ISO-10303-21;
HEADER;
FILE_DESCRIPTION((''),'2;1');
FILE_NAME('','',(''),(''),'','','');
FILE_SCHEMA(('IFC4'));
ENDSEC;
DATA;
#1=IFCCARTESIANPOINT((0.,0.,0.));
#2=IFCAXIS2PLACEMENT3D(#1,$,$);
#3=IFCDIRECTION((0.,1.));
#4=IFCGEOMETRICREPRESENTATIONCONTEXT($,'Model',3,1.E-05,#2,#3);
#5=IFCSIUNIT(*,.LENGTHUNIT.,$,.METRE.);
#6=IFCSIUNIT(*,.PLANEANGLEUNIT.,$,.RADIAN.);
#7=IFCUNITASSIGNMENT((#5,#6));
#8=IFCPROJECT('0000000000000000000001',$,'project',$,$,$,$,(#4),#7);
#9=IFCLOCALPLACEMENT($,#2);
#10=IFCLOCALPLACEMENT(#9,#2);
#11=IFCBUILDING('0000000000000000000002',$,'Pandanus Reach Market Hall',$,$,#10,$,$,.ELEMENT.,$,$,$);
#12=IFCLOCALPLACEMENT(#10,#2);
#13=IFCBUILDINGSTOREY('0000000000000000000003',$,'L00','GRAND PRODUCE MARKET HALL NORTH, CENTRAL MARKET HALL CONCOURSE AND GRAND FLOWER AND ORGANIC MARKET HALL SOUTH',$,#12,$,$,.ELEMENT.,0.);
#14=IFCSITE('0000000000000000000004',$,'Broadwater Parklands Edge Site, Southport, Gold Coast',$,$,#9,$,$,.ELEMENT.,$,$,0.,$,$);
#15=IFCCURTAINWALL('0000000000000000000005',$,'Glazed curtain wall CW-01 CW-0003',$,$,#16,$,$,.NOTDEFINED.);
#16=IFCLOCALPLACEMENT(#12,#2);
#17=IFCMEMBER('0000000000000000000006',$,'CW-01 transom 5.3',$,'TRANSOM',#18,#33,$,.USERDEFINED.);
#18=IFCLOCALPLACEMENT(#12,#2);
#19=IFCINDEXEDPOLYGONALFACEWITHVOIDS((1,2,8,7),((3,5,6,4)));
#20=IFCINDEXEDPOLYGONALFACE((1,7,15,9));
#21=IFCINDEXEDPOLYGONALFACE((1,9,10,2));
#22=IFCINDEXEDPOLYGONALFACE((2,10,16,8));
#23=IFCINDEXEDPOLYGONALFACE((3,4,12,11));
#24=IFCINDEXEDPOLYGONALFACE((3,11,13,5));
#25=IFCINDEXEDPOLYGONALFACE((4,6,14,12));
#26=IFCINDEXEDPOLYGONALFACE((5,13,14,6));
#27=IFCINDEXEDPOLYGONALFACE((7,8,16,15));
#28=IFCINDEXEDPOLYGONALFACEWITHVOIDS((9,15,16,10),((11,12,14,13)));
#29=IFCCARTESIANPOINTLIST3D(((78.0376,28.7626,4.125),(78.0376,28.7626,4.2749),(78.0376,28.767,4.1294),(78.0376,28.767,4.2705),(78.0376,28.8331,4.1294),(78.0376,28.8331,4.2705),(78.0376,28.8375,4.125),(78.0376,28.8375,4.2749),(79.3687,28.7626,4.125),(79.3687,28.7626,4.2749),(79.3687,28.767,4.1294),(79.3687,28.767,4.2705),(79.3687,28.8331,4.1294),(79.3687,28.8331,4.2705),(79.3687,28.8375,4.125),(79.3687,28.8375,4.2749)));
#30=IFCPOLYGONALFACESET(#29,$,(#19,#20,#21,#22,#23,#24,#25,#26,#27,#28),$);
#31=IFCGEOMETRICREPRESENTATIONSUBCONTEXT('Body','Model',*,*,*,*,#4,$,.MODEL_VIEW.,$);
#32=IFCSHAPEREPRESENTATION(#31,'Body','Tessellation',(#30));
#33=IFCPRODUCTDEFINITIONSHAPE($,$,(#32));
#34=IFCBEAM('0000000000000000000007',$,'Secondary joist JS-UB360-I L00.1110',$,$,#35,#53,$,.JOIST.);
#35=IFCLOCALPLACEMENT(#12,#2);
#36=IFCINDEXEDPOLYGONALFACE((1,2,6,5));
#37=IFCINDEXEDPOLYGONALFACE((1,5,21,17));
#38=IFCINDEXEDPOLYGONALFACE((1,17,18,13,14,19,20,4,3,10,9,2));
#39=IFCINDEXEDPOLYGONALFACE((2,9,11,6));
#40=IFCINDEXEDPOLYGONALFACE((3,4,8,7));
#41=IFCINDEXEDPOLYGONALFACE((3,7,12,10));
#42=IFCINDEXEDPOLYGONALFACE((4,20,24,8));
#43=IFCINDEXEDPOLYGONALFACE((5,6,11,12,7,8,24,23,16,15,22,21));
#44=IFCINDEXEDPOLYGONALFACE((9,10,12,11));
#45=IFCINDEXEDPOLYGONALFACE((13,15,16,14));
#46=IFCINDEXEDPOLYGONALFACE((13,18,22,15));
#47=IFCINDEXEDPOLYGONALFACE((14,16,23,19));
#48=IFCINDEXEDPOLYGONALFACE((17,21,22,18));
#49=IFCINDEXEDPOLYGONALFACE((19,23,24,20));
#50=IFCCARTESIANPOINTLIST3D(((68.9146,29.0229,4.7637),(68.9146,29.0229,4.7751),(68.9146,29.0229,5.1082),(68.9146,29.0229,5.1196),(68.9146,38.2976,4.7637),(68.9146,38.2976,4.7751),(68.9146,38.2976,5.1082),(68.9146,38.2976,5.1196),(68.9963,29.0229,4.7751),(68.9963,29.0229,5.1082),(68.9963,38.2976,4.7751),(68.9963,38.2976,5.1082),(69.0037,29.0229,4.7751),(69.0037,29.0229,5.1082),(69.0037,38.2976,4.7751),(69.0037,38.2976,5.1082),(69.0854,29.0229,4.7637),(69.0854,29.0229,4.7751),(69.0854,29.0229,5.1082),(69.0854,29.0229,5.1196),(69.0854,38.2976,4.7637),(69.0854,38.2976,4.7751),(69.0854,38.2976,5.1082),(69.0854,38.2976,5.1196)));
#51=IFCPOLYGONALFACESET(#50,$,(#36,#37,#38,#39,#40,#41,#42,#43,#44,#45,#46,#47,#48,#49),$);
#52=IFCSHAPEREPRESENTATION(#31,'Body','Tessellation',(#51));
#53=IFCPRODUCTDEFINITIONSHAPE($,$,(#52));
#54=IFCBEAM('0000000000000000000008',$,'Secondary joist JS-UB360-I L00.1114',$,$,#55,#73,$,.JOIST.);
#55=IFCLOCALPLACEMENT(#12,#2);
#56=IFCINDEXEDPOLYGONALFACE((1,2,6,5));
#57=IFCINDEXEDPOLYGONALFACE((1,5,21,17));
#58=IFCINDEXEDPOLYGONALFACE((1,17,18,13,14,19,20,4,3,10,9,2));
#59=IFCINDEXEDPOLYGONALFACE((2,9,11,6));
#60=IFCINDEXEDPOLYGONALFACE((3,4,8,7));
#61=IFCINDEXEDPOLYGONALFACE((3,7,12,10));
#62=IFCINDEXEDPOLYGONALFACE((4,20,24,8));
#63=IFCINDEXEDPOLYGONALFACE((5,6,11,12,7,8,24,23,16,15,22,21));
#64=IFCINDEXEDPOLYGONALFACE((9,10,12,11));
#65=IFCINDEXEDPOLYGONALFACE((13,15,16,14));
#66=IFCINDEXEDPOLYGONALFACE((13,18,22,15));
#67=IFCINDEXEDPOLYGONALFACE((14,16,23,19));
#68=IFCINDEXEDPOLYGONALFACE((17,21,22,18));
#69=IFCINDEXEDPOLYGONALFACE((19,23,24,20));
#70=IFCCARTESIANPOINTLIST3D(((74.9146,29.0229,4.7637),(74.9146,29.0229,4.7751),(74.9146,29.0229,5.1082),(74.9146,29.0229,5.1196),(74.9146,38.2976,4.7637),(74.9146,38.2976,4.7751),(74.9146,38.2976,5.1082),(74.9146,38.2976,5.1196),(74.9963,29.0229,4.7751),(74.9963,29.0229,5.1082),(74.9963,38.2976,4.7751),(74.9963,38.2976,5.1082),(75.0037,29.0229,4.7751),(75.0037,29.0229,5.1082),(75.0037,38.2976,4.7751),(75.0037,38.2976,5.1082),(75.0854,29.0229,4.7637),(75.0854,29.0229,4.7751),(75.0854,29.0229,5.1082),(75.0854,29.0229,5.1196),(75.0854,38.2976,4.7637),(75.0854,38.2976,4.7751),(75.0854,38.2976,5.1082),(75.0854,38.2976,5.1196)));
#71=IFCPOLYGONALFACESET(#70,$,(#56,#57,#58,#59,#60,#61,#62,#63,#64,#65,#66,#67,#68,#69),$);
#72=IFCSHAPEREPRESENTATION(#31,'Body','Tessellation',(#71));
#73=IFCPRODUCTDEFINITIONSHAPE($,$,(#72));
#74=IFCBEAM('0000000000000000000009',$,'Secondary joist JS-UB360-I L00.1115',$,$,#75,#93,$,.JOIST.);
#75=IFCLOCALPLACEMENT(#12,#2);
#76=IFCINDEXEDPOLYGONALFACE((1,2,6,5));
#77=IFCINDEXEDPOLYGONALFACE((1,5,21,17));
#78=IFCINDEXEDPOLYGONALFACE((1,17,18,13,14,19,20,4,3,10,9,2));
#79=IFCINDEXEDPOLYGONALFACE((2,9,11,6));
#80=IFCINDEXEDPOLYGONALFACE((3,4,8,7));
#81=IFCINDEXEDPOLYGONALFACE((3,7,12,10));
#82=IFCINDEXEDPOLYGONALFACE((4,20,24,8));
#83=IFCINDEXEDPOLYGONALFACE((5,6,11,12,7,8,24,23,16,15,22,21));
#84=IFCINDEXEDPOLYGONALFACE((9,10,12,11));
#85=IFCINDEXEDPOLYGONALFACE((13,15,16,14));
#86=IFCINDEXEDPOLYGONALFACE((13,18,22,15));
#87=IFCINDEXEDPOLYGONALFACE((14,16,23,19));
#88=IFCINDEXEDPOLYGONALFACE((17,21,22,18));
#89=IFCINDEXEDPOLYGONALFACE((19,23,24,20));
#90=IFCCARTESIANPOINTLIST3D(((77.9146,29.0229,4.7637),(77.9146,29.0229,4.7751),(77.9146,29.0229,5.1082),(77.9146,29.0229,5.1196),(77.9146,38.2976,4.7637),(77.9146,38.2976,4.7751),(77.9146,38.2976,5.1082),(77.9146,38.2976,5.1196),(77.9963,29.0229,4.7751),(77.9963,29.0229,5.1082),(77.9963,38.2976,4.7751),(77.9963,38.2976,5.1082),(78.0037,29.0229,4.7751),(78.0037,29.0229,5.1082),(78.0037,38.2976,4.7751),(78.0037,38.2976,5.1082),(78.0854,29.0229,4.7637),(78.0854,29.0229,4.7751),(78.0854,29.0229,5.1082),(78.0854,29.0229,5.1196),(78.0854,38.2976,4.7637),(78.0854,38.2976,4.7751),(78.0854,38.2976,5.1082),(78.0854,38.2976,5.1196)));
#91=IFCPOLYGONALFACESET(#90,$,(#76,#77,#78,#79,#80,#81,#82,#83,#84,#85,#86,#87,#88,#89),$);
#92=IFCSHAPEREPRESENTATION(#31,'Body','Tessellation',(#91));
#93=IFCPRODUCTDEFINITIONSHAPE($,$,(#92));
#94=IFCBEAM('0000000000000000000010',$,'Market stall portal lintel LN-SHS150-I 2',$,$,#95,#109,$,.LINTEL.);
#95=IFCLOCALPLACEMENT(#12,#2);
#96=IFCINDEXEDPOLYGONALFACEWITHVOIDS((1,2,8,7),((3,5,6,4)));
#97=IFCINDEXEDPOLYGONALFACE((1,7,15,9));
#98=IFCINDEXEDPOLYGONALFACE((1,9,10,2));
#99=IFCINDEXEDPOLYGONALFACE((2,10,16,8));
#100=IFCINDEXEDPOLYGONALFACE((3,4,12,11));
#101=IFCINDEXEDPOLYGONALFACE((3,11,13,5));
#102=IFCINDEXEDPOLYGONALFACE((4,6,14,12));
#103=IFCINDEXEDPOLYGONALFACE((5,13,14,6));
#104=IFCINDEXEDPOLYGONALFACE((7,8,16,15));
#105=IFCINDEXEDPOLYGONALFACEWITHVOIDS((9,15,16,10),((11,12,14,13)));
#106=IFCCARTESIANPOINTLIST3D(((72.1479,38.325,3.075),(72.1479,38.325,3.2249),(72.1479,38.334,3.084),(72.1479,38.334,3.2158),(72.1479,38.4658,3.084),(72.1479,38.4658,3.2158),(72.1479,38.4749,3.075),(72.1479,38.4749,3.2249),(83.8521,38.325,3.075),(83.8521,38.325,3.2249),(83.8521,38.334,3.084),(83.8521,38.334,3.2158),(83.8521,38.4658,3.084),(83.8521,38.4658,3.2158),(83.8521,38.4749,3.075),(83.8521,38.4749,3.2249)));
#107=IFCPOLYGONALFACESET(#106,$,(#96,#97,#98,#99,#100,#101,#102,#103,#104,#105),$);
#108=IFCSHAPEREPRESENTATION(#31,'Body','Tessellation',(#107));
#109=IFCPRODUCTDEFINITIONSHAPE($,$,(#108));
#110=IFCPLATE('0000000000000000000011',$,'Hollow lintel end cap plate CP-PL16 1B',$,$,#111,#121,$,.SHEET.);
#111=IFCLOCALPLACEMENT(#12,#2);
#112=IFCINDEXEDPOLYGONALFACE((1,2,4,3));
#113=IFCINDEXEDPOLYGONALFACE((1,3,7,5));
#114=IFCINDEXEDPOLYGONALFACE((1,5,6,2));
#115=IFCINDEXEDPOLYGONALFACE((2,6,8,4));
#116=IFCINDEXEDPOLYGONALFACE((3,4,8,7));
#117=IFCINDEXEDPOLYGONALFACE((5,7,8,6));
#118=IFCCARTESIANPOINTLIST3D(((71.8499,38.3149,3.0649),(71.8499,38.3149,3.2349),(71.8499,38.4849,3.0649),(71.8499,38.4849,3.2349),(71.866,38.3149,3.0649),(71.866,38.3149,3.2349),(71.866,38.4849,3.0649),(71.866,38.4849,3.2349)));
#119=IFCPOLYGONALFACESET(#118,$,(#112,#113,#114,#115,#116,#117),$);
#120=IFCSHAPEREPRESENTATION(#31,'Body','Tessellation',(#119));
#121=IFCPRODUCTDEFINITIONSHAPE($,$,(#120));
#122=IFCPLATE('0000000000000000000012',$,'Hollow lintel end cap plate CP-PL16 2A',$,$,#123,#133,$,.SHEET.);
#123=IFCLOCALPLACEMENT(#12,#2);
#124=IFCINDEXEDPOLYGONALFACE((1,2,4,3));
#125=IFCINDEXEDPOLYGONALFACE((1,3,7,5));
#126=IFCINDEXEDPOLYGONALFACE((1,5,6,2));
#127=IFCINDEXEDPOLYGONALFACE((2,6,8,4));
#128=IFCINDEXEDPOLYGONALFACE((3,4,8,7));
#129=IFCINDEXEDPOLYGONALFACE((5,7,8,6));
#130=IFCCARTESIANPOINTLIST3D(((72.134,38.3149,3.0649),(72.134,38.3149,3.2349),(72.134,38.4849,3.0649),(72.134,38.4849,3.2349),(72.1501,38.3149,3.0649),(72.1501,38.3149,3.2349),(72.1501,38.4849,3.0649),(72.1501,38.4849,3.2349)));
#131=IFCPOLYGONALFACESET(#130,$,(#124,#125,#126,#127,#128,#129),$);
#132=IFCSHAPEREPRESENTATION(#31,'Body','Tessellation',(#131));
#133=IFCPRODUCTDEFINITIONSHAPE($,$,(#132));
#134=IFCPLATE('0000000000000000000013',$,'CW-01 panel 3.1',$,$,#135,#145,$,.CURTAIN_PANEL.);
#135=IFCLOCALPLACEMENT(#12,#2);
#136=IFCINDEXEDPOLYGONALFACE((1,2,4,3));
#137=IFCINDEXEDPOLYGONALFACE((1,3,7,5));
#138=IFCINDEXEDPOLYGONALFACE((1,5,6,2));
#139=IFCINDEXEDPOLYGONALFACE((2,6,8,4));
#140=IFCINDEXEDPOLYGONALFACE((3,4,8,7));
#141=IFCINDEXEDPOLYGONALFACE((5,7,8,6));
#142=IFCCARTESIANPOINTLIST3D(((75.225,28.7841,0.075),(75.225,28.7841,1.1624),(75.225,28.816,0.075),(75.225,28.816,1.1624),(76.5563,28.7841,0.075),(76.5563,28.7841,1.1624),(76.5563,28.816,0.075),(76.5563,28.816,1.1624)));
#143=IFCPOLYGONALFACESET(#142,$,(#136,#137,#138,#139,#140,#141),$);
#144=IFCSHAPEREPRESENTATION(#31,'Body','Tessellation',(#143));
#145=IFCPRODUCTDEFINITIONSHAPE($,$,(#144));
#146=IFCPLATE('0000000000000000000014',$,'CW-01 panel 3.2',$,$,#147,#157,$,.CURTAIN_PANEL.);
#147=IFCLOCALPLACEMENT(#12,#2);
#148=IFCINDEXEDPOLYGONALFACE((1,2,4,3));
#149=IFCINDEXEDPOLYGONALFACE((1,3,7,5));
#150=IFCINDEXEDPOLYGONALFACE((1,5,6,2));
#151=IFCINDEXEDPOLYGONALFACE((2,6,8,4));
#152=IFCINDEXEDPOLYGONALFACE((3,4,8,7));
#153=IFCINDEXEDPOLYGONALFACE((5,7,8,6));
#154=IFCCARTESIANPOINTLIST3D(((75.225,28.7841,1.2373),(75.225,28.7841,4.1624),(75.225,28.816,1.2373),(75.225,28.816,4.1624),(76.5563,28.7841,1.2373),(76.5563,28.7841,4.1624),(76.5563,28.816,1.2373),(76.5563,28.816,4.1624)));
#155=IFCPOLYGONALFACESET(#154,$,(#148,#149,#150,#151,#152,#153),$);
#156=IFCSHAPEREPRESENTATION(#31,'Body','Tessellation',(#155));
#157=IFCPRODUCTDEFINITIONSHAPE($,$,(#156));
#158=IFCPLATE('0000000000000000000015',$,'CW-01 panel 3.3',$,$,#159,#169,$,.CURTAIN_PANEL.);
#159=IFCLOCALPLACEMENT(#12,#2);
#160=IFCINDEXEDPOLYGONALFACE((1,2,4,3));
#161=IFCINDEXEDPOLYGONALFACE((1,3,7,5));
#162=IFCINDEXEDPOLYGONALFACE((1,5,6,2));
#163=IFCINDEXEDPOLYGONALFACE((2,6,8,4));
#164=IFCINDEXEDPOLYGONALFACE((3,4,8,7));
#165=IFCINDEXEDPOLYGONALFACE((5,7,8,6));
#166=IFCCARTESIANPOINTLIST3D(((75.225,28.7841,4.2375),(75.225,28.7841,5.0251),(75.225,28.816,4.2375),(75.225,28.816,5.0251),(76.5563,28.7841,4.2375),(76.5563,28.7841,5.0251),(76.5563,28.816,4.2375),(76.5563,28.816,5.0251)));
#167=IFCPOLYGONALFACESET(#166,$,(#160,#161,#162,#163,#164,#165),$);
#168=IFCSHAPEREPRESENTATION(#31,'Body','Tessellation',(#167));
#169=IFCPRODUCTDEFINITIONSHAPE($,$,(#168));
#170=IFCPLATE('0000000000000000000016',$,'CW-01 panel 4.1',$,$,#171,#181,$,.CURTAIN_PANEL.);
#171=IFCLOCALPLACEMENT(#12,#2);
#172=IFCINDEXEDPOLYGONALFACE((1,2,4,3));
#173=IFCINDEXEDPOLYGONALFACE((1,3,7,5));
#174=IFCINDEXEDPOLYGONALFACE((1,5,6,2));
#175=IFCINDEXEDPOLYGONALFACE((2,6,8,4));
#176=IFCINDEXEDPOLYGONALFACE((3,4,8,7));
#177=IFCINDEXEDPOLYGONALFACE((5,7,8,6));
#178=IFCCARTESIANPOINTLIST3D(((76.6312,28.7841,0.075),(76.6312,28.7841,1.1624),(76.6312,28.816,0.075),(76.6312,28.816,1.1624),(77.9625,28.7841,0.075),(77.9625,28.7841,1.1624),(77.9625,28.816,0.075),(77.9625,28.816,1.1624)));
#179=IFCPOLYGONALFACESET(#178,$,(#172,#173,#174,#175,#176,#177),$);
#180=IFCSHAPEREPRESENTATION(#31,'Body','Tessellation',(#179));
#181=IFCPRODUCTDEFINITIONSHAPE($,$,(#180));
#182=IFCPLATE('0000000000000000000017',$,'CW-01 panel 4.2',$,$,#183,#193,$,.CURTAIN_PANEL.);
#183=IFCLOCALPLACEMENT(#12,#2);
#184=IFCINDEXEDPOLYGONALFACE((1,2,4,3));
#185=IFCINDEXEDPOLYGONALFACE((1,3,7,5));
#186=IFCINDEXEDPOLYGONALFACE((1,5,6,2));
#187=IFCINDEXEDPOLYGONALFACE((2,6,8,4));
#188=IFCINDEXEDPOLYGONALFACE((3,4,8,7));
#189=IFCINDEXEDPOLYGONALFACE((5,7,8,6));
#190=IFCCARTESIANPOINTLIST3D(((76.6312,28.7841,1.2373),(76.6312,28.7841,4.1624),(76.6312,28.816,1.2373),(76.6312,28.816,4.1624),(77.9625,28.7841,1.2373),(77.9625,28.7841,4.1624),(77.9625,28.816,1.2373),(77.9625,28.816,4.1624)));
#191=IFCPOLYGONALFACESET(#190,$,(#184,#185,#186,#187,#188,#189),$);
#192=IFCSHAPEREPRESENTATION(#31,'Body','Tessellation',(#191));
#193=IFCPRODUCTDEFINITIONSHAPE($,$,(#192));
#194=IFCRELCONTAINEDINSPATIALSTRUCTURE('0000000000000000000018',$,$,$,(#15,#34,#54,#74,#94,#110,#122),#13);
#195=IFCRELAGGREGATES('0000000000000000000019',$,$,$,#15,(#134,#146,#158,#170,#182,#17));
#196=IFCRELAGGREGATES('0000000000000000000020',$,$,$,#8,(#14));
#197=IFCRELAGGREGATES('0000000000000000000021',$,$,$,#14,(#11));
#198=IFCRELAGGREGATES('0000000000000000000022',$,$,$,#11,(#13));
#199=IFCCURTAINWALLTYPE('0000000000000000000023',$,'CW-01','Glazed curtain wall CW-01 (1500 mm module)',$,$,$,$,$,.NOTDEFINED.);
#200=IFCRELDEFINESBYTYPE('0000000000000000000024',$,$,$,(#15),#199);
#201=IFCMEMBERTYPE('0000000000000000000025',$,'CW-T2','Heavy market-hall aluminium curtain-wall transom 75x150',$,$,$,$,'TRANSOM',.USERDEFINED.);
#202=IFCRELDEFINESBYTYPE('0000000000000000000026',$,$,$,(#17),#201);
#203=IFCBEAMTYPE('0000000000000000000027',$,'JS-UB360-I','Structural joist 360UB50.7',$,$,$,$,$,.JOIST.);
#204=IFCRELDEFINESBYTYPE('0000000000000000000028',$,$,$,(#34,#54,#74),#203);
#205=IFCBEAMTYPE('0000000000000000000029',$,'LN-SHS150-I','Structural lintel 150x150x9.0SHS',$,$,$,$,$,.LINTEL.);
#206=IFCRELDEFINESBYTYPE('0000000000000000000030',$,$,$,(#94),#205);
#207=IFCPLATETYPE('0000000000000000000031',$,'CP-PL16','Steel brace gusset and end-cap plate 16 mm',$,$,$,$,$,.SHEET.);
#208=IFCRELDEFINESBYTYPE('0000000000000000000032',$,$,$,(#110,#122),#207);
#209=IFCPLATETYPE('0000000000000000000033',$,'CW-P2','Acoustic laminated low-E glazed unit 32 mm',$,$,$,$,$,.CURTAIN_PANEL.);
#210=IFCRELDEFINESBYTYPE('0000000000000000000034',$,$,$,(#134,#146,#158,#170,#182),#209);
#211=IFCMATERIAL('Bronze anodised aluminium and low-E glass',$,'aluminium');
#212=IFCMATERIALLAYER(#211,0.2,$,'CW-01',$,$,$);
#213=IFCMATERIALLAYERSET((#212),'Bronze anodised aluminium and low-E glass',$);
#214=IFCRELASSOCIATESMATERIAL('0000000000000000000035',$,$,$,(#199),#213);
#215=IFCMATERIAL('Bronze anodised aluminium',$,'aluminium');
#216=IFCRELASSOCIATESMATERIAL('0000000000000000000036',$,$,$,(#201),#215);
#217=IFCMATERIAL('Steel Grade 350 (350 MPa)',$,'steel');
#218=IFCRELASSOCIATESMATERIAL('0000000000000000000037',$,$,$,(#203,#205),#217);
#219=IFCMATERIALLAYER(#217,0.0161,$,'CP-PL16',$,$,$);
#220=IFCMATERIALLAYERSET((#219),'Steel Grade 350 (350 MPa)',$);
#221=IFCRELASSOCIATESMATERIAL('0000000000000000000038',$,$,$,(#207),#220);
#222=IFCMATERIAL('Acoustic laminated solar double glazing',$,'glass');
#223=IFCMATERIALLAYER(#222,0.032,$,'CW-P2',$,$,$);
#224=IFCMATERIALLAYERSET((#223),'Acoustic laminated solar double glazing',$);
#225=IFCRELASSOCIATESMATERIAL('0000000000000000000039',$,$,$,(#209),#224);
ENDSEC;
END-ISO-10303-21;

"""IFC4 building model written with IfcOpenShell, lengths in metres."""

from ifc_helpers import new_model, si_unit, direction, frame, origin, origin_2d, place, context, subcontext, project, spatial, rectangle, hollow_rectangle, i_section, extrude, material, layer, layer_set, material_profile, profile_set, type_object, element, aggregate, save


model = new_model("IFC4")

# Units and contexts
model_context = context("Model", 3, precision=1e-05, world=origin(), true_north=direction((0.0, 1.0)))
body_context = subcontext(model_context, "Body", "Model", "MODEL_VIEW")
ifc_project = project(units=[si_unit("LENGTHUNIT", "METRE"), si_unit("PLANEANGLEUNIT", "RADIAN")], contexts=[model_context])

# Site, building, storey
site_placement = place(None, origin())
site = spatial("IfcSite", under=ifc_project, at=site_placement, Name="Broadwater Parklands Edge Site, Southport, Gold Coast", CompositionType="ELEMENT", RefElevation=0.0)
building_placement = place(site_placement, origin())
building = spatial("IfcBuilding", under=site, at=building_placement, Name="Pandanus Reach Market Hall", CompositionType="ELEMENT")
storey_placement = place(building_placement, origin())
storey = spatial("IfcBuildingStorey", under=building, at=storey_placement, Name="L00", Description="GRAND PRODUCE MARKET HALL NORTH, CENTRAL MARKET HALL CONCOURSE AND GRAND FLOWER AND ORGANIC MARKET HALL SOUTH", CompositionType="ELEMENT", Elevation=0.0)

# Shared definitions
ifc_material_1 = material(Name="Steel Grade 350 (350 MPa)", Category="steel")

# Curtain wall, member
ifc_material_2 = material(Name="Bronze anodised aluminium and low-E glass", Category="aluminium")
ifc_layer_1 = layer(ifc_material_2, 0.2, Name="CW-01")
ifc_layer_set_1 = layer_set([ifc_layer_1], Name="Bronze anodised aluminium and low-E glass")
curtain_wall_type = type_object("IfcCurtainWallType", Name="CW-01", Description="Glazed curtain wall CW-01 (1500 mm module)", PredefinedType="NOTDEFINED", material=ifc_layer_set_1)
curtain_wall_placement = place(storey_placement, origin())
curtain_wall = element("IfcCurtainWall", 1, at=curtain_wall_placement, inside=storey, type_object=curtain_wall_type, Name="Glazed curtain wall CW-01 CW-0003", PredefinedType="NOTDEFINED")
ifc_material_3 = material(Name="Bronze anodised aluminium", Category="aluminium")
ifc_material_profile_1 = material_profile(ifc_material_3, hollow_rectangle(XDim=0.075, YDim=0.1499, WallThickness=0.0044, at=origin_2d()), Name="ALU75x150", Category="LoadBearing")
ifc_profile_set_1 = profile_set([ifc_material_profile_1], Name="Bronze anodised aluminium")
member_type_1 = type_object("IfcMemberType", Name="CW-T2", Description="Heavy market-hall aluminium curtain-wall transom 75x150", ElementType="TRANSOM", PredefinedType="USERDEFINED", material=ifc_profile_set_1)
member_1_placement = place(storey_placement, frame((78.0376, 28.8, 4.2), z_axis=(1.0, 0.0, 0.0), x_axis=(0.0, 1.0, 0.0)))
member_1 = element("IfcMember", 2, at=member_1_placement, type_object=member_type_1, Name="CW-01 transom 5.3", ObjectType="TRANSOM", PredefinedType="USERDEFINED", context=body_context, shape_type="SweptSolid", body=[
    extrude(hollow_rectangle(XDim=0.075, YDim=0.1499, WallThickness=0.0044, at=origin_2d()), origin(), (0.0, 0.0, 1.0), 1.3311),
])

# Beams
ifc_material_profile_2 = material_profile(ifc_material_1, i_section(OverallWidth=0.1709, OverallDepth=0.356, WebThickness=0.0073, FlangeThickness=0.0115, at=origin_2d()), Name="360UB50.7", Category="LoadBearing")
ifc_profile_set_2 = profile_set([ifc_material_profile_2], Name="Steel Grade 350 (350 MPa)")
beam_type_1 = type_object("IfcBeamType", Name="JS-UB360-I", Description="Structural joist 360UB50.7", PredefinedType="JOIST", material=ifc_profile_set_2)
for number, where, z_axis, x_axis, name in (
    (3, (69.0, 29.0229, 4.9417), (0.0, 1.0, 0.0), (-1.0, 0.0, 0.0), "Secondary joist JS-UB360-I L00.1110"),
    (4, (75.0, 29.0229, 4.9417), (0.0, 1.0, 0.0), (-1.0, 0.0, 0.0), "Secondary joist JS-UB360-I L00.1114"),
    (5, (78.0, 29.0229, 4.9417), (0.0, 1.0, 0.0), (-1.0, 0.0, 0.0), "Secondary joist JS-UB360-I L00.1115"),
):
    element("IfcBeam", number, at=place(storey_placement, frame(where, z_axis=z_axis, x_axis=x_axis)), inside=storey, type_object=beam_type_1, Name=name, PredefinedType="JOIST", context=body_context, shape_type="SweptSolid", body=[
        extrude(i_section(OverallWidth=0.1709, OverallDepth=0.356, WebThickness=0.0073, FlangeThickness=0.0115, at=origin_2d()), origin(), (0.0, 0.0, 1.0), 9.2747),
    ])
ifc_material_profile_3 = material_profile(ifc_material_1, hollow_rectangle(XDim=0.1499, YDim=0.1499, WallThickness=0.009, at=origin_2d()), Name="150x150x9.0SHS", Category="LoadBearing")
ifc_profile_set_3 = profile_set([ifc_material_profile_3], Name="Steel Grade 350 (350 MPa)")
beam_type_2 = type_object("IfcBeamType", Name="LN-SHS150-I", Description="Structural lintel 150x150x9.0SHS", PredefinedType="LINTEL", material=ifc_profile_set_3)
beam_1_placement = place(storey_placement, frame((72.1479, 38.3999, 3.1499), z_axis=(1.0, 0.0, 0.0), x_axis=(0.0, 1.0, 0.0)))
element("IfcBeam", 6, at=beam_1_placement, inside=storey, type_object=beam_type_2, Name="Market stall portal lintel LN-SHS150-I 2", PredefinedType="LINTEL", context=body_context, shape_type="SweptSolid", body=[
    extrude(hollow_rectangle(XDim=0.1499, YDim=0.1499, WallThickness=0.009, at=origin_2d()), origin(), (0.0, 0.0, 1.0), 11.7041),
])

# Plates
ifc_layer_2 = layer(ifc_material_1, 0.0161, Name="CP-PL16")
ifc_layer_set_2 = layer_set([ifc_layer_2], Name="Steel Grade 350 (350 MPa)")
plate_type_1 = type_object("IfcPlateType", Name="CP-PL16", Description="Steel brace gusset and end-cap plate 16 mm", PredefinedType="SHEET", material=ifc_layer_set_2)
for number, where, z_axis, x_axis, name in (
    (7, (71.8579, 38.3999, 3.0649), (0.0, 0.0, 1.0), (1.0, 0.0, 0.0), "Hollow lintel end cap plate CP-PL16 1B"),
    (8, (72.1421, 38.3999, 3.0649), (0.0, 0.0, 1.0), (1.0, 0.0, 0.0), "Hollow lintel end cap plate CP-PL16 2A"),
):
    element("IfcPlate", number, at=place(storey_placement, frame(where, z_axis=z_axis, x_axis=x_axis)), inside=storey, type_object=plate_type_1, Name=name, PredefinedType="SHEET", context=body_context, shape_type="SweptSolid", body=[
        extrude(rectangle(XDim=0.0161, YDim=0.1699, at=origin_2d()), origin(), (0.0, 0.0, 1.0), 0.1699),
    ])

# Plates
ifc_material_4 = material(Name="Acoustic laminated solar double glazing", Category="glass")
ifc_layer_3 = layer(ifc_material_4, 0.032, Name="CW-P2")
ifc_layer_set_3 = layer_set([ifc_layer_3], Name="Acoustic laminated solar double glazing")
plate_type_2 = type_object("IfcPlateType", Name="CW-P2", Description="Acoustic laminated low-E glazed unit 32 mm", PredefinedType="CURTAIN_PANEL", material=ifc_layer_set_3)
plate_1_placement = place(storey_placement, frame((75.8906, 28.8, 0.075), z_axis=(0.0, 0.0, 1.0), x_axis=(1.0, 0.0, 0.0)))
plate_1 = element("IfcPlate", 9, at=plate_1_placement, type_object=plate_type_2, Name="CW-01 panel 3.1", PredefinedType="CURTAIN_PANEL", context=body_context, shape_type="SweptSolid", body=[
    extrude(rectangle(XDim=1.3313, YDim=0.032, at=origin_2d()), origin(), (0.0, 0.0, 1.0), 1.0874),
])
plate_2_placement = place(storey_placement, frame((75.8906, 28.8, 1.2373), z_axis=(0.0, 0.0, 1.0), x_axis=(1.0, 0.0, 0.0)))
plate_2 = element("IfcPlate", 10, at=plate_2_placement, type_object=plate_type_2, Name="CW-01 panel 3.2", PredefinedType="CURTAIN_PANEL", context=body_context, shape_type="SweptSolid", body=[
    extrude(rectangle(XDim=1.3313, YDim=0.032, at=origin_2d()), origin(), (0.0, 0.0, 1.0), 2.925),
])
plate_3_placement = place(storey_placement, frame((75.8906, 28.8, 4.2375), z_axis=(0.0, 0.0, 1.0), x_axis=(1.0, 0.0, 0.0)))
plate_3 = element("IfcPlate", 11, at=plate_3_placement, type_object=plate_type_2, Name="CW-01 panel 3.3", PredefinedType="CURTAIN_PANEL", context=body_context, shape_type="SweptSolid", body=[
    extrude(rectangle(XDim=1.3313, YDim=0.032, at=origin_2d()), origin(), (0.0, 0.0, 1.0), 0.7876),
])
plate_4_placement = place(storey_placement, frame((77.2969, 28.8, 0.075), z_axis=(0.0, 0.0, 1.0), x_axis=(1.0, 0.0, 0.0)))
plate_4 = element("IfcPlate", 12, at=plate_4_placement, type_object=plate_type_2, Name="CW-01 panel 4.1", PredefinedType="CURTAIN_PANEL", context=body_context, shape_type="SweptSolid", body=[
    extrude(rectangle(XDim=1.3313, YDim=0.032, at=origin_2d()), origin(), (0.0, 0.0, 1.0), 1.0874),
])
plate_5_placement = place(storey_placement, frame((77.2969, 28.8, 1.2373), z_axis=(0.0, 0.0, 1.0), x_axis=(1.0, 0.0, 0.0)))
plate_5 = element("IfcPlate", 13, at=plate_5_placement, type_object=plate_type_2, Name="CW-01 panel 4.2", PredefinedType="CURTAIN_PANEL", context=body_context, shape_type="SweptSolid", body=[
    extrude(rectangle(XDim=1.3313, YDim=0.032, at=origin_2d()), origin(), (0.0, 0.0, 1.0), 2.925),
])
aggregate(curtain_wall, [plate_1, plate_2, plate_3, plate_4, plate_5, member_1])

save(model, "model.ifc")
